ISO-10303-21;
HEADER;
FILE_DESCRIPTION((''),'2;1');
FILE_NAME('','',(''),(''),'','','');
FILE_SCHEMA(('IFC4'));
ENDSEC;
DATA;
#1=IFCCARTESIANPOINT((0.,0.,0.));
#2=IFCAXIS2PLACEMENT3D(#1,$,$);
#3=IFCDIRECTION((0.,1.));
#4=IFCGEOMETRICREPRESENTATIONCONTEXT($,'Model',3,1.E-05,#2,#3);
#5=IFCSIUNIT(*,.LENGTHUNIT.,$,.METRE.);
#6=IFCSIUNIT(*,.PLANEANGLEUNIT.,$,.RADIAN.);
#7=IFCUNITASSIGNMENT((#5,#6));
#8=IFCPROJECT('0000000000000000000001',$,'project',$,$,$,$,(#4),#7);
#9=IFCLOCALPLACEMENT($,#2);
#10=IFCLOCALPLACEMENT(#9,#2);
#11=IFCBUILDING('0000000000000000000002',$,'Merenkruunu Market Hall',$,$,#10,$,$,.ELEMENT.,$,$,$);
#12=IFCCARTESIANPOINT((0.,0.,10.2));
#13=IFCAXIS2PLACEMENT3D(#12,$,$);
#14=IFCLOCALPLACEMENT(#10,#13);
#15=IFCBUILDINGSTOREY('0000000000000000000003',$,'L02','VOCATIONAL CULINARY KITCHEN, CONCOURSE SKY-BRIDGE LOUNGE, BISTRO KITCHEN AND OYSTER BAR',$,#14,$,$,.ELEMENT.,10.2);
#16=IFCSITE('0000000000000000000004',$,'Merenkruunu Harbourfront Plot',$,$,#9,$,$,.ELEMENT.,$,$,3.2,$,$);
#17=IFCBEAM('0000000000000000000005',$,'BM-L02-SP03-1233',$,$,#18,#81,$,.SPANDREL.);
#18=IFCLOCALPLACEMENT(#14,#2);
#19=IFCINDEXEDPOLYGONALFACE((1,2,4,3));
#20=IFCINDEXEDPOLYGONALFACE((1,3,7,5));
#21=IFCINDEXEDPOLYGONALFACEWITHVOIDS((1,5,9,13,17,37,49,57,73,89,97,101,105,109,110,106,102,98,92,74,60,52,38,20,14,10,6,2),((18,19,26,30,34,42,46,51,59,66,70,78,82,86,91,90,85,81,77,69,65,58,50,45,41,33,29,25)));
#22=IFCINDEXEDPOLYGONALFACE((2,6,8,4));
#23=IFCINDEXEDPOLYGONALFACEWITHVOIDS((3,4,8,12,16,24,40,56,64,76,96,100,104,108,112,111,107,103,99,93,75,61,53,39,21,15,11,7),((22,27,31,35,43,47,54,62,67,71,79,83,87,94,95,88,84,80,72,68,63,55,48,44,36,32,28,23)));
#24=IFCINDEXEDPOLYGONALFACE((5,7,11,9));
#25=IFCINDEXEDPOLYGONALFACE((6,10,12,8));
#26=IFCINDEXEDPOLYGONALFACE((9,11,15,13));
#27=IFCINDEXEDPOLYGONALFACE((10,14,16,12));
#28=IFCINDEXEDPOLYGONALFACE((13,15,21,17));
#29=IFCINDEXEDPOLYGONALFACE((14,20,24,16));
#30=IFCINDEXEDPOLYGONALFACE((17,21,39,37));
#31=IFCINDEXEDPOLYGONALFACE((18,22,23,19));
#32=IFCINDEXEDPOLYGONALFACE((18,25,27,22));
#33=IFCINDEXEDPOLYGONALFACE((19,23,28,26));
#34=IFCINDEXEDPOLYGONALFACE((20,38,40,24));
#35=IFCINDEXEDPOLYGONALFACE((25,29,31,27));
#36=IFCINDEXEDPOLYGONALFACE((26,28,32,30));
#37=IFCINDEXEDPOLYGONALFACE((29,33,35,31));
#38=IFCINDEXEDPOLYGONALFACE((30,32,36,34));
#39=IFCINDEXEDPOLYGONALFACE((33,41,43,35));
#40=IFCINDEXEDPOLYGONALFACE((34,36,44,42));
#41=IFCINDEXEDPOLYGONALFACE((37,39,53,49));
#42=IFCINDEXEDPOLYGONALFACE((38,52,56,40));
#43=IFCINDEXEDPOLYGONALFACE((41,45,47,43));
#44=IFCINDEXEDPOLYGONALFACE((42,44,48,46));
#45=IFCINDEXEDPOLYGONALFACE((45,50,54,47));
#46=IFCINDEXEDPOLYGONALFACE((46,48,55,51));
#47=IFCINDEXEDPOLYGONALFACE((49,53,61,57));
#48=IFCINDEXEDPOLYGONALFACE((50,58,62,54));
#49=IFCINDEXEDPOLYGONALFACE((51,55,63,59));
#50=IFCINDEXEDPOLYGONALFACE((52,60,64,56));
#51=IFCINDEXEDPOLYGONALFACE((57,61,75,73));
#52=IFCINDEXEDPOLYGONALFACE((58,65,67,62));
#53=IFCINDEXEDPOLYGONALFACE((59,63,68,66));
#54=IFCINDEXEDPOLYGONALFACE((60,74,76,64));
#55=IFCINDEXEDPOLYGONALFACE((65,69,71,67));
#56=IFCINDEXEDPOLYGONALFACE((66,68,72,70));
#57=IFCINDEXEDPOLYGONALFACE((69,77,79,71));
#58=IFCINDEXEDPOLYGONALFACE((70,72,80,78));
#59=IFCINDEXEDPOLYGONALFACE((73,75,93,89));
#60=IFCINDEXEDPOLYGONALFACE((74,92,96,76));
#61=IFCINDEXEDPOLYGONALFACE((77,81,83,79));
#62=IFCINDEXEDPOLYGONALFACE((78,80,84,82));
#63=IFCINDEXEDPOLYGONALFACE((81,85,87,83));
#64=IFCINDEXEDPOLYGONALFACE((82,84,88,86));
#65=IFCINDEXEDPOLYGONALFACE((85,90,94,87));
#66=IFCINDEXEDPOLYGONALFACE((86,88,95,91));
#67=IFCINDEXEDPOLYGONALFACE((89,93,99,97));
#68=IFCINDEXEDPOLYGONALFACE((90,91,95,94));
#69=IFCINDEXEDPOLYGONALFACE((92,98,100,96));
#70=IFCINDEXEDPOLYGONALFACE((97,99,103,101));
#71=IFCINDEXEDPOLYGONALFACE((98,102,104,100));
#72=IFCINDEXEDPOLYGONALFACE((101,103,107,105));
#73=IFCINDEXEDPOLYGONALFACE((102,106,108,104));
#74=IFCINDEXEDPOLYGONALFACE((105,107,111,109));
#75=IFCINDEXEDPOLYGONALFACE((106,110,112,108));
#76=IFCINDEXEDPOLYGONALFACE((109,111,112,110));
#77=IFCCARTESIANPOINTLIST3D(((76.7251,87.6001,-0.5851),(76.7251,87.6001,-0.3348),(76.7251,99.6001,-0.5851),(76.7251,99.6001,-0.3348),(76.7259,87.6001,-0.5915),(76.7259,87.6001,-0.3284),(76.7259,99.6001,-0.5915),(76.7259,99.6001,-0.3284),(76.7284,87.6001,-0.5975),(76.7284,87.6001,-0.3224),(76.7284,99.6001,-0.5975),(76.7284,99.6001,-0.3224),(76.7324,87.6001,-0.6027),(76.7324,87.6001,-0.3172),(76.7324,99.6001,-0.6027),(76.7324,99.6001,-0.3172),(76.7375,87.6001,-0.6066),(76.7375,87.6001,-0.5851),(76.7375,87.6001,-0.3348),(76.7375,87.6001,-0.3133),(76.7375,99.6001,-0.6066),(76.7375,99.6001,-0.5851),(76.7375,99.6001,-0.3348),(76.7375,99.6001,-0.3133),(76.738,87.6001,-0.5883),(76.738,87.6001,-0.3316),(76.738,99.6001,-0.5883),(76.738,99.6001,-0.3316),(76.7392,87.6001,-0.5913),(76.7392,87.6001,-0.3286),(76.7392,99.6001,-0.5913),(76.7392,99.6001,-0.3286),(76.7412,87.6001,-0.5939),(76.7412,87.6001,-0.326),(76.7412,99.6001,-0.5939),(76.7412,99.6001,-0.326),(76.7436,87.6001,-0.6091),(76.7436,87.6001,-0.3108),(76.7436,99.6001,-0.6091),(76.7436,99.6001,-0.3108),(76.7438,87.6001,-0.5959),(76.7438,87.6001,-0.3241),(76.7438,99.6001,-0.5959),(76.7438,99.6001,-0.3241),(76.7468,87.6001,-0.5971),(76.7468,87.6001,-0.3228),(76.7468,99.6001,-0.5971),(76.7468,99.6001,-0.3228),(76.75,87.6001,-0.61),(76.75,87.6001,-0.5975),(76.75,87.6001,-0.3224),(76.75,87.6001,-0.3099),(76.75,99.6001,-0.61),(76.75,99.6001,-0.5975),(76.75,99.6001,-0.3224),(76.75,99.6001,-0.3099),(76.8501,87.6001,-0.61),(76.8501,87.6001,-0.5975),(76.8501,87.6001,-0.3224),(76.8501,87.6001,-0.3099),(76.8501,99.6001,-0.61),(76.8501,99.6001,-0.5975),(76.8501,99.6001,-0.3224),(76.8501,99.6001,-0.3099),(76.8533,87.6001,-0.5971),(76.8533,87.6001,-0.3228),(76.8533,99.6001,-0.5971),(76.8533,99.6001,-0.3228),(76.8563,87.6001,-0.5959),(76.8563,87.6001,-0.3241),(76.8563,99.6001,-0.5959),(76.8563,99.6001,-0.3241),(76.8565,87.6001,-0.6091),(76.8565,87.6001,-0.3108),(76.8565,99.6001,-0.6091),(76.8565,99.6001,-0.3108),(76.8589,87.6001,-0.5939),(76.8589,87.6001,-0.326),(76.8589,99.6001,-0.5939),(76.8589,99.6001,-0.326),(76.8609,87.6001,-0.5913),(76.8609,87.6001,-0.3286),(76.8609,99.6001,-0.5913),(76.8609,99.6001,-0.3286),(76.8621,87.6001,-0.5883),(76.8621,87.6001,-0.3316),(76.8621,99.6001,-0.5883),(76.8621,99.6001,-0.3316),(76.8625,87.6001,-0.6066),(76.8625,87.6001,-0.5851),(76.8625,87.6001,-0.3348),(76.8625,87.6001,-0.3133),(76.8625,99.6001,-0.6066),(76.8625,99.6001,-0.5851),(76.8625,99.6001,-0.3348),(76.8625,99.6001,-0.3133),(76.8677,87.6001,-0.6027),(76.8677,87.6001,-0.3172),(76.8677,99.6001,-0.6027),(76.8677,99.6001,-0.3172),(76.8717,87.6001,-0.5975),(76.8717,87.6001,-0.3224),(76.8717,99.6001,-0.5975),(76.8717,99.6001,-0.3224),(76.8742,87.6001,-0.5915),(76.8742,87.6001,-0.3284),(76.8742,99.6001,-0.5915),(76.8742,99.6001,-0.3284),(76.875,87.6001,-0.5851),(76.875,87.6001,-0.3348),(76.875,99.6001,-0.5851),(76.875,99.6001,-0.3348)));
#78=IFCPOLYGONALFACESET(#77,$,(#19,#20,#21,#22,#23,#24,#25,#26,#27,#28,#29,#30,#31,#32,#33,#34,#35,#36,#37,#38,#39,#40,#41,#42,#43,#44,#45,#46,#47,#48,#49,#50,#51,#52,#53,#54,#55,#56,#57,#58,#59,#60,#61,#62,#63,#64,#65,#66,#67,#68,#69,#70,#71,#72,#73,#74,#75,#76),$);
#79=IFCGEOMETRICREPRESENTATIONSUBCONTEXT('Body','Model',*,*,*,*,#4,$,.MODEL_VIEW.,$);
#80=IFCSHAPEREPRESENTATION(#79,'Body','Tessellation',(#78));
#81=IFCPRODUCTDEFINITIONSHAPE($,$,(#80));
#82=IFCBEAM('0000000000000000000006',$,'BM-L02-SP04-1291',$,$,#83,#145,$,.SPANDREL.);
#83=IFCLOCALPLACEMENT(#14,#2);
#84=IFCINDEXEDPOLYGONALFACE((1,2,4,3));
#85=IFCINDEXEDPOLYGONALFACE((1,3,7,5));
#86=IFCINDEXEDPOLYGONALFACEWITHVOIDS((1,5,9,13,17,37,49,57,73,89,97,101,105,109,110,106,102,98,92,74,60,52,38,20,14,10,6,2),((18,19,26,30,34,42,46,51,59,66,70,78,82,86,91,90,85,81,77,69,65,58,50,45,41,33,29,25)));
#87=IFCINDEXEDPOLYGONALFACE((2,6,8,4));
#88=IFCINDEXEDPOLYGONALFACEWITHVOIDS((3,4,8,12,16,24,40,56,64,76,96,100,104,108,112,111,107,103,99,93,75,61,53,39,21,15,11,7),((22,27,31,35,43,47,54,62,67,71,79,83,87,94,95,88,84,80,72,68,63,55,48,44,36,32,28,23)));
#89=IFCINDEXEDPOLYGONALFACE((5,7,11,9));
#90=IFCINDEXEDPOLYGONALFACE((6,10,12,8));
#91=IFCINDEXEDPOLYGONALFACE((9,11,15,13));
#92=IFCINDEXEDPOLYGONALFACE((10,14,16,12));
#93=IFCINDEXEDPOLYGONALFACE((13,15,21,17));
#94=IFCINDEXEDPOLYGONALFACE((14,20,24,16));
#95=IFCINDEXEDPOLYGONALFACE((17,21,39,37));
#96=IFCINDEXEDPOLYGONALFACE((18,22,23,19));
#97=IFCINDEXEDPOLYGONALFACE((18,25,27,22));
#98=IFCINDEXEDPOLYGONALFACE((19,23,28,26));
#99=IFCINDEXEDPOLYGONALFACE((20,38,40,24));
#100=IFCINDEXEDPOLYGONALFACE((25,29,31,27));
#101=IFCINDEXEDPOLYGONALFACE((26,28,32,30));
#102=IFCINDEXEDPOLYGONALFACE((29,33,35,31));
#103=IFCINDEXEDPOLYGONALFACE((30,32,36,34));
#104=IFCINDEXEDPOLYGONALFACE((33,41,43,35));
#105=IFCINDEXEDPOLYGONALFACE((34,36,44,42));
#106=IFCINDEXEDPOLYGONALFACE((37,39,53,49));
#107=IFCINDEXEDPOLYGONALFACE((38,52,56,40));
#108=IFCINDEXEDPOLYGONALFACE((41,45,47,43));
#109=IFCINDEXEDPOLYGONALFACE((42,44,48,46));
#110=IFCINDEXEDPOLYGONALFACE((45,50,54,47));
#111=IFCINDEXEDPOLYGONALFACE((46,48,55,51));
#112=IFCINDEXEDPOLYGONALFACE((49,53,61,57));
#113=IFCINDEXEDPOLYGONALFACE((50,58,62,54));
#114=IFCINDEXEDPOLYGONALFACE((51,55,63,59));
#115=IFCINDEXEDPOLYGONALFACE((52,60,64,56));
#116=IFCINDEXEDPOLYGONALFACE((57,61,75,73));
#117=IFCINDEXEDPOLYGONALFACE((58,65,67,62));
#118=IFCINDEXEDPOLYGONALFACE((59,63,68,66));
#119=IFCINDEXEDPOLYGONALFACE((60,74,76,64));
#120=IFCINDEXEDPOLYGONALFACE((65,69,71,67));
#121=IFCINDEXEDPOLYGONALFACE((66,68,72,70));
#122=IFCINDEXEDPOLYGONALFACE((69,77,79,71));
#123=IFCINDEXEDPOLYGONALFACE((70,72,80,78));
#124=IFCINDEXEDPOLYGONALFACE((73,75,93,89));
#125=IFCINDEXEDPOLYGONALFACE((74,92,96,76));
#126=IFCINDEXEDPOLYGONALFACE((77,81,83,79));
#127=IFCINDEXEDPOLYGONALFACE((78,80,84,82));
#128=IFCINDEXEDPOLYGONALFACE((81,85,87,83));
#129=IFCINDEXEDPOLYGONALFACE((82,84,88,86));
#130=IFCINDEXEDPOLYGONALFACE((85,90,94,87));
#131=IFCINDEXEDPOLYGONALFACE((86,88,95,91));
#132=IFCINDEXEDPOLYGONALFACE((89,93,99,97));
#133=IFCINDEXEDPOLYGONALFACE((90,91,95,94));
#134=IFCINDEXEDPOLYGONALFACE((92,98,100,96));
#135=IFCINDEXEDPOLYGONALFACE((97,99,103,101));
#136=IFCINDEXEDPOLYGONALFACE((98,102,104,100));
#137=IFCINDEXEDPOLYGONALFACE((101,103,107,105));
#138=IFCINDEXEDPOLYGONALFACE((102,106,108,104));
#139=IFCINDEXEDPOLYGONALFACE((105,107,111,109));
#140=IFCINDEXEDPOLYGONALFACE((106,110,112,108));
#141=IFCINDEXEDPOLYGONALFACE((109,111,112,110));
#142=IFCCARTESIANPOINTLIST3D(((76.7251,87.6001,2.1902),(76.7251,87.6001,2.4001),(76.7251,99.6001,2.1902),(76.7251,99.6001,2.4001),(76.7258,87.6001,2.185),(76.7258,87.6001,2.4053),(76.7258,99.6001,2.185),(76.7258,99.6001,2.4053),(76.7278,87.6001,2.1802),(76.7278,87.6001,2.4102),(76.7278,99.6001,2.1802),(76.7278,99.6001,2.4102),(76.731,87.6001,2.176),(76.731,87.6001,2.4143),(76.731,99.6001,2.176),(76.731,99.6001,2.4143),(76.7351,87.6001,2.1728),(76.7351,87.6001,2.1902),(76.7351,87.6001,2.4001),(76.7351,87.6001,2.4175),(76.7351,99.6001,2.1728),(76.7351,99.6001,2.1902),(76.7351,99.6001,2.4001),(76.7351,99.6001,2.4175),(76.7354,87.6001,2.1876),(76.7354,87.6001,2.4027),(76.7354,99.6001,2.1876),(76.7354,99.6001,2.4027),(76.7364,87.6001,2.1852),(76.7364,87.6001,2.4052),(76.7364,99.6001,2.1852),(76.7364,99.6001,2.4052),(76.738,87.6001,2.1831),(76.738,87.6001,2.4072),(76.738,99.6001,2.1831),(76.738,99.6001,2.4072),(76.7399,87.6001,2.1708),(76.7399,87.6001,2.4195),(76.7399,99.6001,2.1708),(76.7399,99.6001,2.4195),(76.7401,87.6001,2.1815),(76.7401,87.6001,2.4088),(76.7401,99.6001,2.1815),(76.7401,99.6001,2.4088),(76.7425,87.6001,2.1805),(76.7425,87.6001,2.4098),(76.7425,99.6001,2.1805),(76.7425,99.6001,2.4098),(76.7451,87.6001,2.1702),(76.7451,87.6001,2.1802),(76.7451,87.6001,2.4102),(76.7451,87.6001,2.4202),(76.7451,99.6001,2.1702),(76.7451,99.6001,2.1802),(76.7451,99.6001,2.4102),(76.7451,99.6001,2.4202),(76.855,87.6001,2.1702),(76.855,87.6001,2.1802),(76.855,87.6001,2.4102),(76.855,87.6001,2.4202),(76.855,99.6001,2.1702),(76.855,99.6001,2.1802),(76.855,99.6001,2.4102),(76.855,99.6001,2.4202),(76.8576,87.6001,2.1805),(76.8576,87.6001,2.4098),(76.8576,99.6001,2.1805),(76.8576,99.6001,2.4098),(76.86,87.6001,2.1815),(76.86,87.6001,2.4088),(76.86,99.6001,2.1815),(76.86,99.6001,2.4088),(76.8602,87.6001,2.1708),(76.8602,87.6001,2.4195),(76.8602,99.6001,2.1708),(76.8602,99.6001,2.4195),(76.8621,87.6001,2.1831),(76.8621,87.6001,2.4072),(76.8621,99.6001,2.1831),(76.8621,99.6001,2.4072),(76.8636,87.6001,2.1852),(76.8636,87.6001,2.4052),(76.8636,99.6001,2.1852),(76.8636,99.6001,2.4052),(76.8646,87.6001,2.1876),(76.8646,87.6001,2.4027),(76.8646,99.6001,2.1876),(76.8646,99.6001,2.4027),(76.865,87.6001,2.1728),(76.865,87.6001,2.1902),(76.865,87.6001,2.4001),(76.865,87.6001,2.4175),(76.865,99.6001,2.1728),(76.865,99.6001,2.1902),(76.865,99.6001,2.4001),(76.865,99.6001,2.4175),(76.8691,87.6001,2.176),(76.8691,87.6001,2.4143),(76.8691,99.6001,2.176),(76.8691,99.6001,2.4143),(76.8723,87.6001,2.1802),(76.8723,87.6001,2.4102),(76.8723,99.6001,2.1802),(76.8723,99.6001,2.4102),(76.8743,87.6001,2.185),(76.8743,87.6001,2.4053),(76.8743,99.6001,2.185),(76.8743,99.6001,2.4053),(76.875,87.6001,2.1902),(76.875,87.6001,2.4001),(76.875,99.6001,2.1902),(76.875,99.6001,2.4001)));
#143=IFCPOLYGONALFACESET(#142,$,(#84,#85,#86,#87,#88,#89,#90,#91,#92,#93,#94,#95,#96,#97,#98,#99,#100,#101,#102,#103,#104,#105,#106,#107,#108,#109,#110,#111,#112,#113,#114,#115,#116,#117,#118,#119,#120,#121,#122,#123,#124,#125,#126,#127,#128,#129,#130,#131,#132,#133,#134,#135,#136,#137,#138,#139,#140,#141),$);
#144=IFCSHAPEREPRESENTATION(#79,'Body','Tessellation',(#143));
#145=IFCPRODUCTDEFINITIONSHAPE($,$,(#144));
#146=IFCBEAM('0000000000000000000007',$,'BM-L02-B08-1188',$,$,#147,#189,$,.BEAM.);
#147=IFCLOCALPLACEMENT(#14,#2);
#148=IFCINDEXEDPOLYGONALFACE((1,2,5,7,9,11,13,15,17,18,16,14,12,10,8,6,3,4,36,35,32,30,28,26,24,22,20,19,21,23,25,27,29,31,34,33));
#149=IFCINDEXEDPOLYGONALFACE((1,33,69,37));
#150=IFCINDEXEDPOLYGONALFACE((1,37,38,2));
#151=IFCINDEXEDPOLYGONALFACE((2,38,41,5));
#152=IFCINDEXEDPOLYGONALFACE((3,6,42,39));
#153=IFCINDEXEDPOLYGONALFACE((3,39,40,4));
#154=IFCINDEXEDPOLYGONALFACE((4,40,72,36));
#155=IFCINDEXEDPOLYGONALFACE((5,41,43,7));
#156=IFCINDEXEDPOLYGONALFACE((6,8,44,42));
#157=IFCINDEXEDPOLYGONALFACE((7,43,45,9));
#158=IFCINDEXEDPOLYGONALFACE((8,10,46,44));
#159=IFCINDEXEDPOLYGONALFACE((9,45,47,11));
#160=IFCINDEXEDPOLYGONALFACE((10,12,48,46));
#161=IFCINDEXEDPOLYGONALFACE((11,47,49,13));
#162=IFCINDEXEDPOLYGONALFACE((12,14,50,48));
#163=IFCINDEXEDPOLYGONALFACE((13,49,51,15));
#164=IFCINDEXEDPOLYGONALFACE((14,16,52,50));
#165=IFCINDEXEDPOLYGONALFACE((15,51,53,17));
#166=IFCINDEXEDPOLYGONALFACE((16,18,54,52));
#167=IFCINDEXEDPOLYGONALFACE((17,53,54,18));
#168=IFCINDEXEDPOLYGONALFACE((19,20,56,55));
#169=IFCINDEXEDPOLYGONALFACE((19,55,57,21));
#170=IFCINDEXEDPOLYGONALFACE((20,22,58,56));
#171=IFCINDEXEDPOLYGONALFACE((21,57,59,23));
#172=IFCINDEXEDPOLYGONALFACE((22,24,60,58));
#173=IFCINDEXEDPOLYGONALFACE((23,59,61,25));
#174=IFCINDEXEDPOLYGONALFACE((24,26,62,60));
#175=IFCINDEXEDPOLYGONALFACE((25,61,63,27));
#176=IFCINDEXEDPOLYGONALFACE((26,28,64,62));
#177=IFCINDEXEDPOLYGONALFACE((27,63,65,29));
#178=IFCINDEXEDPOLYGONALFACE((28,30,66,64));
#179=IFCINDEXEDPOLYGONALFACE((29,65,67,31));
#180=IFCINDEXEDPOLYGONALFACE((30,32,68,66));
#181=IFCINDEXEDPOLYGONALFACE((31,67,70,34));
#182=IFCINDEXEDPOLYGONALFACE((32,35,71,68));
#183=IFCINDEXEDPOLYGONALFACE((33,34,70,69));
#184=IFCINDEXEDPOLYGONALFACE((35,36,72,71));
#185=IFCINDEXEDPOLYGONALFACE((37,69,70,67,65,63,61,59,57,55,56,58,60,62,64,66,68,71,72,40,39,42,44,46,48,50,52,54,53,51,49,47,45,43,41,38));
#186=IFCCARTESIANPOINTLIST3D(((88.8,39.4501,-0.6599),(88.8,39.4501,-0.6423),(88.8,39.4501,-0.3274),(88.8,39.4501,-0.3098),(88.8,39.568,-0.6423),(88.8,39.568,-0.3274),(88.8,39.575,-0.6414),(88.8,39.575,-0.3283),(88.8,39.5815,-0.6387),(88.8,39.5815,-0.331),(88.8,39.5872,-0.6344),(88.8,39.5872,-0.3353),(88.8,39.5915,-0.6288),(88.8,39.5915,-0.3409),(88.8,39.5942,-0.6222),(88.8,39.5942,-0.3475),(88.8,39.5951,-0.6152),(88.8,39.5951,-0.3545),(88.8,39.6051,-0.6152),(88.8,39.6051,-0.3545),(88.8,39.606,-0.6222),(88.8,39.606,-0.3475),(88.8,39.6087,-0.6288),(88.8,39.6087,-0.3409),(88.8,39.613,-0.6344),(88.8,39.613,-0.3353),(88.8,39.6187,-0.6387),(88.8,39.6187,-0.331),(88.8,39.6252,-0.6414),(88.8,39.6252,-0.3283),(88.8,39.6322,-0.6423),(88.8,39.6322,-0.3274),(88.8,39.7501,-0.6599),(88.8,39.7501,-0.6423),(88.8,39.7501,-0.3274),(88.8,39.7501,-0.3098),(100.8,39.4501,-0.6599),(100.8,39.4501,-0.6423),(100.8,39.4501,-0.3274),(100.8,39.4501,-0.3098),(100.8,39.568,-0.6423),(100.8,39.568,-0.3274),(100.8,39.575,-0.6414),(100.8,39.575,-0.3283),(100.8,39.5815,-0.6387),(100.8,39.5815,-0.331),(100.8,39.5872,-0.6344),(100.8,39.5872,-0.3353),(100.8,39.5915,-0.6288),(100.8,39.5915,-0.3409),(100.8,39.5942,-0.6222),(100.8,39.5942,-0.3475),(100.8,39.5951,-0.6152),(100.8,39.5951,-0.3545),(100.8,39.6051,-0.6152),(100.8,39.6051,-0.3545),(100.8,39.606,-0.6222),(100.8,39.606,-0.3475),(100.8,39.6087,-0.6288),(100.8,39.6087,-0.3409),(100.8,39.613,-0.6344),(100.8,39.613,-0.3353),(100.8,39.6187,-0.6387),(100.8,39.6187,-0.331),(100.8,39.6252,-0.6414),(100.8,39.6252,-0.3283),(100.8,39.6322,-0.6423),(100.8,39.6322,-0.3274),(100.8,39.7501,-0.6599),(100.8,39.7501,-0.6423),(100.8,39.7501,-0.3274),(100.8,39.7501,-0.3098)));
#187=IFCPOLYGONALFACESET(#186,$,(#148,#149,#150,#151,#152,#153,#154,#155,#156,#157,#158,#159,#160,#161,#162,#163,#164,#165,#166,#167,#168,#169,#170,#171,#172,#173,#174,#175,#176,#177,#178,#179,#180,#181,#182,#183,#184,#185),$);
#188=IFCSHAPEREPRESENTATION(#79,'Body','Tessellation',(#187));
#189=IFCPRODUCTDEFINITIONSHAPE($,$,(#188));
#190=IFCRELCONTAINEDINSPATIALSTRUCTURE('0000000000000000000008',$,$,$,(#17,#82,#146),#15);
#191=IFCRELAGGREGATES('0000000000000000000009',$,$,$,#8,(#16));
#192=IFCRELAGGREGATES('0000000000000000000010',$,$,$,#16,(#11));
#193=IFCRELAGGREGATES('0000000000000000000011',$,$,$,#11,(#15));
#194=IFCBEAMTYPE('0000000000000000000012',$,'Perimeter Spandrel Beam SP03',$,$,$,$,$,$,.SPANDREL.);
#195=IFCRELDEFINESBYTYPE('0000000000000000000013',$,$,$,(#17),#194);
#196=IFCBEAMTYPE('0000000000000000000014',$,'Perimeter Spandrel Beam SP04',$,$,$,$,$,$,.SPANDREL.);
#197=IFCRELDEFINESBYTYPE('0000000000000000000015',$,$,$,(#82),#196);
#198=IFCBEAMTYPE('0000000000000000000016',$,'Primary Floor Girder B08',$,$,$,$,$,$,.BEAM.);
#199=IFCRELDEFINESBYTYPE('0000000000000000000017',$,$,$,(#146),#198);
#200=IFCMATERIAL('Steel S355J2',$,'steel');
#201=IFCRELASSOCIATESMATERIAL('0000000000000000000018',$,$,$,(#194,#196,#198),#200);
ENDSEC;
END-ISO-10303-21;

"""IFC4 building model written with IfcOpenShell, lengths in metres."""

from ifc_helpers import new_model, si_unit, direction, frame, origin, origin_2d, place, context, subcontext, project, spatial, hollow_rectangle, i_section, extrude, material, material_profile, profile_set, type_object, element, save


model = new_model("IFC4")

# Units and contexts
model_context = context("Model", 3, precision=1e-05, world=origin(), true_north=direction((0.0, 1.0)))
body_context = subcontext(model_context, "Body", "Model", "MODEL_VIEW")
ifc_project = project(units=[si_unit("LENGTHUNIT", "METRE"), si_unit("PLANEANGLEUNIT", "RADIAN")], contexts=[model_context])

# Site, building, storey
site_placement = place(None, origin())
site = spatial("IfcSite", under=ifc_project, at=site_placement, Name="Merenkruunu Harbourfront Plot", CompositionType="ELEMENT", RefElevation=3.2)
building_placement = place(site_placement, origin())
building = spatial("IfcBuilding", under=site, at=building_placement, Name="Merenkruunu Market Hall", CompositionType="ELEMENT")
storey_placement = place(building_placement, frame((0.0, 0.0, 10.2)))
storey = spatial("IfcBuildingStorey", under=building, at=storey_placement, Name="L02", Description="VOCATIONAL CULINARY KITCHEN, CONCOURSE SKY-BRIDGE LOUNGE, BISTRO KITCHEN AND OYSTER BAR", CompositionType="ELEMENT", Elevation=10.2)

# Beams
ifc_material_1 = material(Name="Steel S355J2", Category="steel")
ifc_material_profile_1 = material_profile(ifc_material_1, hollow_rectangle(XDim=0.1499, YDim=0.3, WallThickness=0.0125, InnerFilletRadius=0.0125, OuterFilletRadius=0.0249, at=origin_2d()), Name="RHS 300x150x12.5")
ifc_profile_set_1 = profile_set([ifc_material_profile_1], Name="Steel S355J2")
beam_type_1 = type_object("IfcBeamType", Name="Perimeter Spandrel Beam SP03", PredefinedType="SPANDREL", material=ifc_profile_set_1)
beam_1_placement = place(storey_placement, frame((76.8, 87.6001, -0.46), z_axis=(0.0, 1.0, 0.0), x_axis=(-1.0, 0.0, 0.0)))
element("IfcBeam", 1, at=beam_1_placement, inside=storey, type_object=beam_type_1, Name="BM-L02-SP03-1233", PredefinedType="SPANDREL", context=body_context, shape_type="SweptSolid", body=[
    extrude(hollow_rectangle(XDim=0.1499, YDim=0.3, WallThickness=0.0125, InnerFilletRadius=0.0125, OuterFilletRadius=0.0249, at=origin_2d()), origin(), (0.0, 0.0, 1.0), 12.0),
])
ifc_material_profile_2 = material_profile(ifc_material_1, hollow_rectangle(XDim=0.1499, YDim=0.25, WallThickness=0.01, InnerFilletRadius=0.01, OuterFilletRadius=0.02, at=origin_2d()), Name="RHS 250x150x10")
ifc_profile_set_2 = profile_set([ifc_material_profile_2], Name="Steel S355J2")
beam_type_2 = type_object("IfcBeamType", Name="Perimeter Spandrel Beam SP04", PredefinedType="SPANDREL", material=ifc_profile_set_2)
beam_2_placement = place(storey_placement, frame((76.8, 87.6001, 2.2952), z_axis=(0.0, 1.0, 0.0), x_axis=(-1.0, 0.0, 0.0)))
element("IfcBeam", 2, at=beam_2_placement, inside=storey, type_object=beam_type_2, Name="BM-L02-SP04-1291", PredefinedType="SPANDREL", context=body_context, shape_type="SweptSolid", body=[
    extrude(hollow_rectangle(XDim=0.1499, YDim=0.25, WallThickness=0.01, InnerFilletRadius=0.01, OuterFilletRadius=0.02, at=origin_2d()), origin(), (0.0, 0.0, 1.0), 12.0),
])
ifc_material_profile_3 = material_profile(ifc_material_1, i_section(OverallWidth=0.3, OverallDepth=0.3501, WebThickness=0.01, FlangeThickness=0.0176, FilletRadius=0.0271, at=origin_2d()), Name="HEA 360")
ifc_profile_set_3 = profile_set([ifc_material_profile_3], Name="Steel S355J2")
beam_type_3 = type_object("IfcBeamType", Name="Primary Floor Girder B08", PredefinedType="BEAM", material=ifc_profile_set_3)
for number, where, z_axis, x_axis, name in (
    (3, (88.8, 39.6001, -0.4849), (1.0, 0.0, 0.0), (0.0, 1.0, 0.0), "BM-L02-B08-1188"),
):
    element("IfcBeam", number, at=place(storey_placement, frame(where, z_axis=z_axis, x_axis=x_axis)), inside=storey, type_object=beam_type_3, Name=name, PredefinedType="BEAM", context=body_context, shape_type="SweptSolid", body=[
        extrude(i_section(OverallWidth=0.3, OverallDepth=0.3501, WebThickness=0.01, FlangeThickness=0.0176, FilletRadius=0.0271, at=origin_2d()), origin(), (0.0, 0.0, 1.0), 12.0),
    ])

save(model, "model.ifc")
